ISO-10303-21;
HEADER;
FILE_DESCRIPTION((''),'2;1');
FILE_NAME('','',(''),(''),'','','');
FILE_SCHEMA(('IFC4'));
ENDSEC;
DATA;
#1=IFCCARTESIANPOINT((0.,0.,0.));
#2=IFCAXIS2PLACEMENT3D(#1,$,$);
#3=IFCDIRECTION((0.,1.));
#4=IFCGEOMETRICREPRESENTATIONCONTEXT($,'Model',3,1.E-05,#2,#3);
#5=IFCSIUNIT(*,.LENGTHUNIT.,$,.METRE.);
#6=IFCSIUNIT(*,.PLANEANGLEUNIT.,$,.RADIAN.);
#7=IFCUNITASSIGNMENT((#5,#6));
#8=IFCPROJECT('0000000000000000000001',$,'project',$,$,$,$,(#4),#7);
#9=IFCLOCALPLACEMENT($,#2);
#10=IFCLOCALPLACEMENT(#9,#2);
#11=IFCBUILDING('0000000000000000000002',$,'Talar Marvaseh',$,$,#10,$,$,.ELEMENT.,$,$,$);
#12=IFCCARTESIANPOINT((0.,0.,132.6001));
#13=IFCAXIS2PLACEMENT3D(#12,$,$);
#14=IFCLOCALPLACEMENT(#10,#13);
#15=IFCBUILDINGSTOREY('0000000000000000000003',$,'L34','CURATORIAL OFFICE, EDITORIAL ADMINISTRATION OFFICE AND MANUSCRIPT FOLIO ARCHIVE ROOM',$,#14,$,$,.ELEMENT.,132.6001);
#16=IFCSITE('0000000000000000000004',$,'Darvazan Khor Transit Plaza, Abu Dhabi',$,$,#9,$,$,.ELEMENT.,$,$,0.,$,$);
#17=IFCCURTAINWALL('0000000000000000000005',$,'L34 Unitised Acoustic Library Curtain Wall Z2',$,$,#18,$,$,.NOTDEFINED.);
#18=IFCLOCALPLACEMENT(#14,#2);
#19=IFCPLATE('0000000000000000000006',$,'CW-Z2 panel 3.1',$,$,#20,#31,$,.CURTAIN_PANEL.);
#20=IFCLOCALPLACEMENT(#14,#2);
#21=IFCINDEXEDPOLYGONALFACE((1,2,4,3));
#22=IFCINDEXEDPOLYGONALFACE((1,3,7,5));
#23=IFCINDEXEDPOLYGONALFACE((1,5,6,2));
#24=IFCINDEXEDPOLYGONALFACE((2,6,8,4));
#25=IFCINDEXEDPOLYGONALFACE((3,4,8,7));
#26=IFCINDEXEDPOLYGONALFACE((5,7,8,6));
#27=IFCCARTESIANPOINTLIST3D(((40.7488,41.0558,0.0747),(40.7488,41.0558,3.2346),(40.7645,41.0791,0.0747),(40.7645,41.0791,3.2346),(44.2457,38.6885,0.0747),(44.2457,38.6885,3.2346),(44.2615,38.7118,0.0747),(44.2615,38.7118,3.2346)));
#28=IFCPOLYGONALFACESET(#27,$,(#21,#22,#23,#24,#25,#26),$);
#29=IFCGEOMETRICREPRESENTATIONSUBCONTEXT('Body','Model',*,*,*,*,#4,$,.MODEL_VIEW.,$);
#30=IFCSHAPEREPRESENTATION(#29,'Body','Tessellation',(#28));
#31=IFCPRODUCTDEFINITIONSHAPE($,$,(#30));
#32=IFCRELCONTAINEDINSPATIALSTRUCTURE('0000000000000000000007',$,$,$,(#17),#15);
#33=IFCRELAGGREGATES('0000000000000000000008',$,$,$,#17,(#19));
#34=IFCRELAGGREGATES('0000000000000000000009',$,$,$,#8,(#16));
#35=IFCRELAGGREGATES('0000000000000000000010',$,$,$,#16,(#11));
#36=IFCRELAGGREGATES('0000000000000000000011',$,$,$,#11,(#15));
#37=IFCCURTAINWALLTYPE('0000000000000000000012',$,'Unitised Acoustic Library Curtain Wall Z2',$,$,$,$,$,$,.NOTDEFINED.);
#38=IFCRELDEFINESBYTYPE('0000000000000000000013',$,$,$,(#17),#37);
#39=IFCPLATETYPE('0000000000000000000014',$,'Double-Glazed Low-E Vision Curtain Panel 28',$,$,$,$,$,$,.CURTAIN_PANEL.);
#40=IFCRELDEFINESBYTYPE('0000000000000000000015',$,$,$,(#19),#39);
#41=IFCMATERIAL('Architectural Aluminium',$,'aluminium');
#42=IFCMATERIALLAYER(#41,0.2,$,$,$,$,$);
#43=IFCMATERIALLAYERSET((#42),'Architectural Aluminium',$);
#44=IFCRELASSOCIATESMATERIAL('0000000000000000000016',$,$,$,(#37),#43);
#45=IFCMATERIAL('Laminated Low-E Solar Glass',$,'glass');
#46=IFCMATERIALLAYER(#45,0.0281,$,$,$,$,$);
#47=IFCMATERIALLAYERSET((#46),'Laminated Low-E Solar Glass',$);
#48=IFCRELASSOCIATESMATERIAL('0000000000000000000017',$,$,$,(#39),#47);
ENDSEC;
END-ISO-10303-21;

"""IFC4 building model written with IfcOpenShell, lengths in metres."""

from ifc_helpers import new_model, si_unit, direction, frame, origin, origin_2d, place, context, subcontext, project, spatial, rectangle, extrude, source, transform, mapped, material, layer, layer_set, type_object, element, aggregate, save


model = new_model("IFC4")

# Units and contexts
model_context = context("Model", 3, precision=1e-05, world=origin(), true_north=direction((0.0, 1.0)))
body_context = subcontext(model_context, "Body", "Model", "MODEL_VIEW")
ifc_project = project(units=[si_unit("LENGTHUNIT", "METRE"), si_unit("PLANEANGLEUNIT", "RADIAN")], contexts=[model_context])

# Site, building, storey
site_placement = place(None, origin())
site = spatial("IfcSite", under=ifc_project, at=site_placement, Name="Darvazan Khor Transit Plaza, Abu Dhabi", CompositionType="ELEMENT", RefElevation=0.0)
building_placement = place(site_placement, origin())
building = spatial("IfcBuilding", under=site, at=building_placement, Name="Talar Marvaseh", CompositionType="ELEMENT")
storey_placement = place(building_placement, frame((0.0, 0.0, 132.6001)))
storey = spatial("IfcBuildingStorey", under=building, at=storey_placement, Name="L34", Description="CURATORIAL OFFICE, EDITORIAL ADMINISTRATION OFFICE AND MANUSCRIPT FOLIO ARCHIVE ROOM", CompositionType="ELEMENT", Elevation=132.6001)

# Curtain wall, plate
ifc_material_1 = material(Name="Architectural Aluminium", Category="aluminium")
ifc_layer_1 = layer(ifc_material_1, 0.2)
ifc_layer_set_1 = layer_set([ifc_layer_1], Name="Architectural Aluminium")
curtain_wall_type = type_object("IfcCurtainWallType", Name="Unitised Acoustic Library Curtain Wall Z2", PredefinedType="NOTDEFINED", material=ifc_layer_set_1)
curtain_wall_placement = place(storey_placement, origin())
curtain_wall = element("IfcCurtainWall", 1, at=curtain_wall_placement, inside=storey, type_object=curtain_wall_type, Name="L34 Unitised Acoustic Library Curtain Wall Z2", PredefinedType="NOTDEFINED")
ifc_material_2 = material(Name="Laminated Low-E Solar Glass", Category="glass")
ifc_layer_2 = layer(ifc_material_2, 0.0281)
ifc_layer_set_2 = layer_set([ifc_layer_2], Name="Laminated Low-E Solar Glass")
plate_type = type_object("IfcPlateType", Name="Double-Glazed Low-E Vision Curtain Panel 28", PredefinedType="CURTAIN_PANEL", material=ifc_layer_set_2)
shared_shape_1 = source(origin(), body_context, "Body", "SweptSolid", [
    extrude(rectangle(XDim=4.2229, YDim=0.0281, at=origin_2d()), origin(), (0.0, 0.0, 1.0), 3.1599),
])
plate_1_placement = place(storey_placement, frame((42.5051, 39.8838, 0.0747), z_axis=(0.0, 0.0, 1.0), x_axis=(0.828098, -0.560583, 0.0)))
plate_1 = element("IfcPlate", 2, at=plate_1_placement, type_object=plate_type, Name="CW-Z2 panel 3.1", PredefinedType="CURTAIN_PANEL", context=body_context, shape_type="MappedRepresentation", body=[
    mapped(shared_shape_1, transform((0.0, 0.0, 0.0), x_axis=(1.0, 0.0, 0.0), y_axis=(0.0, 1.0, 0.0), z_axis=(0.0, 0.0, 1.0), scale=1.0)),
])
aggregate(curtain_wall, [plate_1])

save(model, "model.ifc")
